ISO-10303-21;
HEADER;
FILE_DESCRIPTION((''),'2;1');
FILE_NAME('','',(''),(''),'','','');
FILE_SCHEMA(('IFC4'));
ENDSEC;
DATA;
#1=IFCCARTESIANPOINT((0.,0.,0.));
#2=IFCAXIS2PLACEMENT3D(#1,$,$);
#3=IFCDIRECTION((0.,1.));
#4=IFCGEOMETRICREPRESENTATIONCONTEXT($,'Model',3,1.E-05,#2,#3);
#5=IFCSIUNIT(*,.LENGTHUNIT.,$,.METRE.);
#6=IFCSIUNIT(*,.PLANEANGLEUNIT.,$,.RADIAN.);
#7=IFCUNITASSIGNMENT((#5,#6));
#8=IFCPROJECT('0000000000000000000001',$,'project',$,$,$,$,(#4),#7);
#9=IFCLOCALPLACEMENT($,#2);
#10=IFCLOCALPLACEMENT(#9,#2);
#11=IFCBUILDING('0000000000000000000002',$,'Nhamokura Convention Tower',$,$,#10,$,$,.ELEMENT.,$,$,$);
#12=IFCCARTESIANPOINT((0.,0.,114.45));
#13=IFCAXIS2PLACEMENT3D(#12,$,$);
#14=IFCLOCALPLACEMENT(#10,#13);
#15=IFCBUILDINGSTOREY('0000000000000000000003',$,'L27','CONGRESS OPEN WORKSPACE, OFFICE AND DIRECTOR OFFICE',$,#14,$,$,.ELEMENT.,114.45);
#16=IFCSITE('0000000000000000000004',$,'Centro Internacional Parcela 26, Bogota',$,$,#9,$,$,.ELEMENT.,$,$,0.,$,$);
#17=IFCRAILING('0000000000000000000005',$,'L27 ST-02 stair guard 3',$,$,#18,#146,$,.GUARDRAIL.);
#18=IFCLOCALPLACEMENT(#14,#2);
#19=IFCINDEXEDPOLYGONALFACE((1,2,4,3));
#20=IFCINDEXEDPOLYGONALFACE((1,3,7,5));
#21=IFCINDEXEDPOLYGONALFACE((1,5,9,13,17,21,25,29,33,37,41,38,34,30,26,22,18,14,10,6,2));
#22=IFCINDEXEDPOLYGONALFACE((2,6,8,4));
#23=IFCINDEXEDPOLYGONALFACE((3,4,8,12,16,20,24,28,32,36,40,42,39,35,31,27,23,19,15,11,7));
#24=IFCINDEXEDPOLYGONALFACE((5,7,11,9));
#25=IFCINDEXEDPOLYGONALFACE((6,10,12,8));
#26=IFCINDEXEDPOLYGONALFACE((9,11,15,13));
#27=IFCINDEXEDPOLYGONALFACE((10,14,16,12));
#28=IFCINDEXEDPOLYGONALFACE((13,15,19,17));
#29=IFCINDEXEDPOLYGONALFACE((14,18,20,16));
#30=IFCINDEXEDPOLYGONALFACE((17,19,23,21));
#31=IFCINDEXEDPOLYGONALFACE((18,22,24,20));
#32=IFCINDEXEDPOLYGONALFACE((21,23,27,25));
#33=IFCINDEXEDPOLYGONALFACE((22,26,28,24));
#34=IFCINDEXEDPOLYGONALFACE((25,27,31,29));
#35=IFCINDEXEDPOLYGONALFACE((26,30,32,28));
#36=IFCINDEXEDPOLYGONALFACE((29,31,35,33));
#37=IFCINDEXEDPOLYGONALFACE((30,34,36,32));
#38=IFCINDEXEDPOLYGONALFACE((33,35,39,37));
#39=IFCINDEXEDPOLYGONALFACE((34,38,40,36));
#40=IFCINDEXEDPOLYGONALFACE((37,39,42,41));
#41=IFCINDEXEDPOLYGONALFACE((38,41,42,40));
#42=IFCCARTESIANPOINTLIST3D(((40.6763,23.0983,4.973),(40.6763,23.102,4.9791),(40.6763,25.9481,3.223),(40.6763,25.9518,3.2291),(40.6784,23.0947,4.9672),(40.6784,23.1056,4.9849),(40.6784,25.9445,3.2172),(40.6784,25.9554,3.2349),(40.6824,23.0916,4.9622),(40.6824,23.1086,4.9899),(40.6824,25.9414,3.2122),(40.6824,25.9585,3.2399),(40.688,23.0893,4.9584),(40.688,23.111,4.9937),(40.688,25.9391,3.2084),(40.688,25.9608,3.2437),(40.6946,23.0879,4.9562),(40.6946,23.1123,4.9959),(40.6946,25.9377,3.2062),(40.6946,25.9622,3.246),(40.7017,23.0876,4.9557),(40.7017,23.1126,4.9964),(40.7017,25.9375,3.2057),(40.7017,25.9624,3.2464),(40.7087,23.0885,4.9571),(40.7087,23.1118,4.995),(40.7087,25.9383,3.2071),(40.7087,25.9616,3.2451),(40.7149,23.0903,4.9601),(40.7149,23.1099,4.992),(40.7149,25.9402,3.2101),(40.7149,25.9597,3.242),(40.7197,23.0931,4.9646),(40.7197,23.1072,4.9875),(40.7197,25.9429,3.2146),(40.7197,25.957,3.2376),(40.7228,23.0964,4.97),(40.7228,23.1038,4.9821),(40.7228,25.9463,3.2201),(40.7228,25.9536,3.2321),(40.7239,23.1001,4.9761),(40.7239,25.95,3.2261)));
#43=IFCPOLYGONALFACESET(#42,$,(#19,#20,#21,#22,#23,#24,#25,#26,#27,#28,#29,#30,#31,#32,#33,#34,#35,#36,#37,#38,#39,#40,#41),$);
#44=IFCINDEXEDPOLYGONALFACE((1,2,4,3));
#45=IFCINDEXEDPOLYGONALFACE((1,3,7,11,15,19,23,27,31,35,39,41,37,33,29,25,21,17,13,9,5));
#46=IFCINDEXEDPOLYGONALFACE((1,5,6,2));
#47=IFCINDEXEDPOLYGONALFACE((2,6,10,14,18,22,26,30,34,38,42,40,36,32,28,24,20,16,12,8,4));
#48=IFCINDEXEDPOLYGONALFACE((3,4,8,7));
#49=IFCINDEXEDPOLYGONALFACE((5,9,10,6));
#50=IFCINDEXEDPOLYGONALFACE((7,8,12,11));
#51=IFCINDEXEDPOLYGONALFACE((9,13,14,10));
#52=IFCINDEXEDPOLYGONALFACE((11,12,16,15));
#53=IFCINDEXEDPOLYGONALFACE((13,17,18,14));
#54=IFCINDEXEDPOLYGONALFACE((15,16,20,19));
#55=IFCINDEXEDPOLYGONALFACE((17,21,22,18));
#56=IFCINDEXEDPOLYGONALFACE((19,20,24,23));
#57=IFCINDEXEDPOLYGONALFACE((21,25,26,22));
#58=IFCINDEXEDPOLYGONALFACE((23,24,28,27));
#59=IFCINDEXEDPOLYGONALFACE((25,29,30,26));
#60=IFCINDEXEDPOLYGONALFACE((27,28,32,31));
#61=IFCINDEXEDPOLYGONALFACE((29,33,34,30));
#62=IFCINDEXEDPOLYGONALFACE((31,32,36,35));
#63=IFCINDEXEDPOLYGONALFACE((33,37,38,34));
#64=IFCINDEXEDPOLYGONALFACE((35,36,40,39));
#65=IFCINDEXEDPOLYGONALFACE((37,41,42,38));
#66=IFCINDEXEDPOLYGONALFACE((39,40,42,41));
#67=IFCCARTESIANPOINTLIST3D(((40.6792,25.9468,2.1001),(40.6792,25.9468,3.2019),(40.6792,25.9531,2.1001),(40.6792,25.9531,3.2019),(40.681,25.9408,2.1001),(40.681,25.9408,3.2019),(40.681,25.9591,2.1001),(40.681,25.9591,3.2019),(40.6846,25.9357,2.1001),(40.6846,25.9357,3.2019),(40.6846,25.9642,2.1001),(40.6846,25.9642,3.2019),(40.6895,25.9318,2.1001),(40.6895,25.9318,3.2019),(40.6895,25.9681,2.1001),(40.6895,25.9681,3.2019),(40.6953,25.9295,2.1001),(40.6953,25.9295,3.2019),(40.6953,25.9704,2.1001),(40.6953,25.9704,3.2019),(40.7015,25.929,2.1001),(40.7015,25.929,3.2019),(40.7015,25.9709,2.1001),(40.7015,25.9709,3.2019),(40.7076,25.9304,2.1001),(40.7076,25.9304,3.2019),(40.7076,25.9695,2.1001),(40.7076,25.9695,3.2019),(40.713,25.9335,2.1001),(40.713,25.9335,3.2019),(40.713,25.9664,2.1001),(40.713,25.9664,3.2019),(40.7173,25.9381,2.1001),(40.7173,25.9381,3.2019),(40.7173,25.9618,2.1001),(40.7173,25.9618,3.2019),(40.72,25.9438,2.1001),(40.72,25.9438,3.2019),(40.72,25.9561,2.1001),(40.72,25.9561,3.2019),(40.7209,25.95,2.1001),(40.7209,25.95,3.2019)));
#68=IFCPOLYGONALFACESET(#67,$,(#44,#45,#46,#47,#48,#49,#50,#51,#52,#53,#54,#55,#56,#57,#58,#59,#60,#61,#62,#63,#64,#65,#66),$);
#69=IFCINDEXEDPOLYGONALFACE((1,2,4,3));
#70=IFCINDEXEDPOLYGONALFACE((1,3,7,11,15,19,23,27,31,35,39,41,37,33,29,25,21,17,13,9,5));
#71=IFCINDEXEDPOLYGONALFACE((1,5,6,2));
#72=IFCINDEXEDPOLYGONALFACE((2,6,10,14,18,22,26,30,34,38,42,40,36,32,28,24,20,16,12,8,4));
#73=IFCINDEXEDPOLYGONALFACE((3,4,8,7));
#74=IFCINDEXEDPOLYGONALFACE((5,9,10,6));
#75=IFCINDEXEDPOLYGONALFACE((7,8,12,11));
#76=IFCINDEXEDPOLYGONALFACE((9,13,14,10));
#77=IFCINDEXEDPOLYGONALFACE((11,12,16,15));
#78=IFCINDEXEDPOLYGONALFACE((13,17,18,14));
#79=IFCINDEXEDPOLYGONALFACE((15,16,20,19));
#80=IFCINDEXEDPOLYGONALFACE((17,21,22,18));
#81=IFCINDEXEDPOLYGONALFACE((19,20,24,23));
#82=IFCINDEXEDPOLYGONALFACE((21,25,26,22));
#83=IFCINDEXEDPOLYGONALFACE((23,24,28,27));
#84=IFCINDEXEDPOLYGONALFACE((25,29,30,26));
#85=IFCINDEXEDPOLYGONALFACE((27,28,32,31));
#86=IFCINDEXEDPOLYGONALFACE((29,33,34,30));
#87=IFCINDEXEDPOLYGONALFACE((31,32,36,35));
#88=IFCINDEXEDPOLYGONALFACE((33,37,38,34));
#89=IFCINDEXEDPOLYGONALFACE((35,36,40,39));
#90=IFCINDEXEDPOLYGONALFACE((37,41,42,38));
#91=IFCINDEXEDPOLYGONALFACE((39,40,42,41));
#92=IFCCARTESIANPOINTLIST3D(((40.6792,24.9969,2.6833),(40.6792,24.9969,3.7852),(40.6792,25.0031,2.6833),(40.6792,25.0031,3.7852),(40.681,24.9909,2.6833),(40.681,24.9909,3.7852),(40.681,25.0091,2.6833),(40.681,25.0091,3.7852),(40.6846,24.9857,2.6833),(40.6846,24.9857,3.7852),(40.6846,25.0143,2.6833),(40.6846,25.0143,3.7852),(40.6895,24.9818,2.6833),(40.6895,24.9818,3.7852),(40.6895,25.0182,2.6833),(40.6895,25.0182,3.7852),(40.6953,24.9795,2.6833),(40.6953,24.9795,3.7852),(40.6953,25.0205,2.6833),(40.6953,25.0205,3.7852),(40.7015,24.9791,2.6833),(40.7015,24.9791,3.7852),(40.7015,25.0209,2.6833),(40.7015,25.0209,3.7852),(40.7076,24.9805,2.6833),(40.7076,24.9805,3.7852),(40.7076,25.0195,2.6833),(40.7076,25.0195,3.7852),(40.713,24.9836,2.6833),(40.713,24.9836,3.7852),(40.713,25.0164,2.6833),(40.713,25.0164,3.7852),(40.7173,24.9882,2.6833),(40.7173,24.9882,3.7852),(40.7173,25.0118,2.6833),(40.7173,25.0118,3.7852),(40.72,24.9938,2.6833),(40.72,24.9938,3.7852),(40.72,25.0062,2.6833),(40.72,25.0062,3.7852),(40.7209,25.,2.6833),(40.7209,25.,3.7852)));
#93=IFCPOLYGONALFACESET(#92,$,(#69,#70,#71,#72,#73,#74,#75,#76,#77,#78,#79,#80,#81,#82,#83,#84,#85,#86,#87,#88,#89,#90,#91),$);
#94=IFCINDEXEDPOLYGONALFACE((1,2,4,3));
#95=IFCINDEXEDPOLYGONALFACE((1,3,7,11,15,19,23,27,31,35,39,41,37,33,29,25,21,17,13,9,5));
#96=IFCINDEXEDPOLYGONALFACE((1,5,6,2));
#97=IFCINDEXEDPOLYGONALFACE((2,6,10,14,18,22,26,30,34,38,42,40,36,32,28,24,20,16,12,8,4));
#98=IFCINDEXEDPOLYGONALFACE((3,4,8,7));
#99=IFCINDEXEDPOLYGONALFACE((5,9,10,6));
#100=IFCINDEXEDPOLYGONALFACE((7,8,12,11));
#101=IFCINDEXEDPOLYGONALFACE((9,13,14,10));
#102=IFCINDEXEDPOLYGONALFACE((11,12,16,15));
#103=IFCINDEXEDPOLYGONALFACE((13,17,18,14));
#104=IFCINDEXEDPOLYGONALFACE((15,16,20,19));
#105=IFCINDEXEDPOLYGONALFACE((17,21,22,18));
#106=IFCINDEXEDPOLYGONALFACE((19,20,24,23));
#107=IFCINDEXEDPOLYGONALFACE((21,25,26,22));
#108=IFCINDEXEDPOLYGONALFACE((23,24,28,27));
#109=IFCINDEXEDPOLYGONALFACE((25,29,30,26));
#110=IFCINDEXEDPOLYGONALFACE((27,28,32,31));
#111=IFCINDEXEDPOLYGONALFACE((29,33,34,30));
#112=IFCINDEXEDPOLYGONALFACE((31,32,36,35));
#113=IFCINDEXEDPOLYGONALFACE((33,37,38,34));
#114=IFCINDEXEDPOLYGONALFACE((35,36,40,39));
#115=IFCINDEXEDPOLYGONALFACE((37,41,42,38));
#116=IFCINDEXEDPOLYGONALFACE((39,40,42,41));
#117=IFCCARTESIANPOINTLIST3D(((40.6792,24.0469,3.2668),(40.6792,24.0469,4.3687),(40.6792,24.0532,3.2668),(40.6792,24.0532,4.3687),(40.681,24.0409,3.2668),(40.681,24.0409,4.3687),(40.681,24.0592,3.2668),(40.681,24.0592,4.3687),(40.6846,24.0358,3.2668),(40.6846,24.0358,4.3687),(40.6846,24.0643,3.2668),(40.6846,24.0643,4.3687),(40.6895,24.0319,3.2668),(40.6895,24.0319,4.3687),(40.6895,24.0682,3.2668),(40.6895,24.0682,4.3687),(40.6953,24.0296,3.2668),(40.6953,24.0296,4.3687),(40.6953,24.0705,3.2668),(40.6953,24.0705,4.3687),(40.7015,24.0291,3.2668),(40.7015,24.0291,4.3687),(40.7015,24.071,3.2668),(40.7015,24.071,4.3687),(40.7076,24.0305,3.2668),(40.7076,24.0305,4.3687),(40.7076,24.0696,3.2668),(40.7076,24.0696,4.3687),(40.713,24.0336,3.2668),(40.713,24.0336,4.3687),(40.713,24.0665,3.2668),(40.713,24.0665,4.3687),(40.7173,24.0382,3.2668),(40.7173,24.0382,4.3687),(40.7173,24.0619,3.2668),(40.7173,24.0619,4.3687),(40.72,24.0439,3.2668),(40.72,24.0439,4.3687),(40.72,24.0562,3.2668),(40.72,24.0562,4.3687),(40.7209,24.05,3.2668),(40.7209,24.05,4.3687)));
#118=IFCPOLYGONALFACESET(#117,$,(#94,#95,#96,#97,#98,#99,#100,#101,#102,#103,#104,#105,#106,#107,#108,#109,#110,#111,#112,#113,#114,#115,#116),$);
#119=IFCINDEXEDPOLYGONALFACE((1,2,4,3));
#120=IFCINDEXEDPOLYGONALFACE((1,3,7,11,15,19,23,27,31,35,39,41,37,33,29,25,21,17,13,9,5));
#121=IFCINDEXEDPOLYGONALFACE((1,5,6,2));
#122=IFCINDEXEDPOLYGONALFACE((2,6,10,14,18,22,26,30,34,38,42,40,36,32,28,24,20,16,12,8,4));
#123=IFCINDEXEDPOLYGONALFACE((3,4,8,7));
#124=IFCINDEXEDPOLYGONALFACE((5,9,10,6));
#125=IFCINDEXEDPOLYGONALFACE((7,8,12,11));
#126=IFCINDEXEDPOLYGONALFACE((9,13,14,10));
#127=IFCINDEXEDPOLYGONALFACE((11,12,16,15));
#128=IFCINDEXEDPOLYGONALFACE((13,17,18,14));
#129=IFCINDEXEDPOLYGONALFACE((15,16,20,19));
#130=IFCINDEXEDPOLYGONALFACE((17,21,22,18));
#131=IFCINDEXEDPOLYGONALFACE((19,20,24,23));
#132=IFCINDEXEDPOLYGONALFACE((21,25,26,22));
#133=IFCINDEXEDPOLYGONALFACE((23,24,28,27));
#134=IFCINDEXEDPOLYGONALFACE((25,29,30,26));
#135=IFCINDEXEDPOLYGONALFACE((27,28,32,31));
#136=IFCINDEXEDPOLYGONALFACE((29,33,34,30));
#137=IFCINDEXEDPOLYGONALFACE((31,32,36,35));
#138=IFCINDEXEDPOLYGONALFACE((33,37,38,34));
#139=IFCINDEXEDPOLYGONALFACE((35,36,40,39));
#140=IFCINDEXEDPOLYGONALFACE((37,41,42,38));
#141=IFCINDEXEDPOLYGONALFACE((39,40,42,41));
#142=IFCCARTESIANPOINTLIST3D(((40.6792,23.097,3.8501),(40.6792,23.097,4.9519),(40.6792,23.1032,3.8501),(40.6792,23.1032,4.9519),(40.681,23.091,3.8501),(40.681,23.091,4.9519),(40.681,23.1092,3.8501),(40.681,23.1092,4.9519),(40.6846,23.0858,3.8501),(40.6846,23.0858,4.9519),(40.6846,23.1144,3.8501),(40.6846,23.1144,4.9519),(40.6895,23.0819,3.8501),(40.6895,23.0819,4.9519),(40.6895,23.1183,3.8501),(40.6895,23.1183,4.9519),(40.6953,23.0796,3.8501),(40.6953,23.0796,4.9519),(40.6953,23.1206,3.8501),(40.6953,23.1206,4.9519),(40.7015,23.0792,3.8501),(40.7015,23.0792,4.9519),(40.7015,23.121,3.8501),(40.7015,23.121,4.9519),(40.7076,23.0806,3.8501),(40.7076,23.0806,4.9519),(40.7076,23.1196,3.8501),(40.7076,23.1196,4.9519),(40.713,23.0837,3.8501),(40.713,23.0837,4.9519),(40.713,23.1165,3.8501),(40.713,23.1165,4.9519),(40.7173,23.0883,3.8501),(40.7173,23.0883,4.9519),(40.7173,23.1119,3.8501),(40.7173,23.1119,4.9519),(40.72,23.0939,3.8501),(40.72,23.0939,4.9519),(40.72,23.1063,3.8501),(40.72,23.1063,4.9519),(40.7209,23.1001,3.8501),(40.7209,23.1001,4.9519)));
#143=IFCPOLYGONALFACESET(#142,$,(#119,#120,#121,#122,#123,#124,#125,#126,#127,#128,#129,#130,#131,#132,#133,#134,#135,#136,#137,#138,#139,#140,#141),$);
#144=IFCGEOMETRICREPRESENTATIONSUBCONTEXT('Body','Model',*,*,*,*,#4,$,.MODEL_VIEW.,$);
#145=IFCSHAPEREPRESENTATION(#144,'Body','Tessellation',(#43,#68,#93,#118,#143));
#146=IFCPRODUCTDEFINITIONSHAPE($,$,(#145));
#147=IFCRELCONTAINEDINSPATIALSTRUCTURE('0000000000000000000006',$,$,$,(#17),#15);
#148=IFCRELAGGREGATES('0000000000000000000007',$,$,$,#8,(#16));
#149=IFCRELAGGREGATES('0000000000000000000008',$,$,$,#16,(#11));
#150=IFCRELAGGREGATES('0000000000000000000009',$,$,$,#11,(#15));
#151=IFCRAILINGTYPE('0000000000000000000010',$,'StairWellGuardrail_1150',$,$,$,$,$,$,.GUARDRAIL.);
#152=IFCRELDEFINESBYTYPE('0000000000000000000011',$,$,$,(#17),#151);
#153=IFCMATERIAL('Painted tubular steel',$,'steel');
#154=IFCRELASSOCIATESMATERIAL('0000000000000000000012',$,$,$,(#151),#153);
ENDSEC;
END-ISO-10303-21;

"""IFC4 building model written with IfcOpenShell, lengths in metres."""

from ifc_helpers import new_model, si_unit, direction, frame, origin, origin_2d, place, context, subcontext, project, spatial, circle, extrude, material, type_object, element, save


model = new_model("IFC4")

# Units and contexts
model_context = context("Model", 3, precision=1e-05, world=origin(), true_north=direction((0.0, 1.0)))
body_context = subcontext(model_context, "Body", "Model", "MODEL_VIEW")
ifc_project = project(units=[si_unit("LENGTHUNIT", "METRE"), si_unit("PLANEANGLEUNIT", "RADIAN")], contexts=[model_context])

# Site, building, storey
site_placement = place(None, origin())
site = spatial("IfcSite", under=ifc_project, at=site_placement, Name="Centro Internacional Parcela 26, Bogota", CompositionType="ELEMENT", RefElevation=0.0)
building_placement = place(site_placement, origin())
building = spatial("IfcBuilding", under=site, at=building_placement, Name="Nhamokura Convention Tower", CompositionType="ELEMENT")
storey_placement = place(building_placement, frame((0.0, 0.0, 114.45)))
storey = spatial("IfcBuildingStorey", under=building, at=storey_placement, Name="L27", Description="CONGRESS OPEN WORKSPACE, OFFICE AND DIRECTOR OFFICE", CompositionType="ELEMENT", Elevation=114.45)

# Railing
ifc_material_1 = material(Name="Painted tubular steel", Category="steel")
railing_type_1 = type_object("IfcRailingType", Name="StairWellGuardrail_1150", PredefinedType="GUARDRAIL", material=ifc_material_1)
railing_1_placement = place(storey_placement, frame((40.7, 25.95, 2.1001)))
element("IfcRailing", 1, at=railing_1_placement, inside=storey, type_object=railing_type_1, Name="L27 ST-02 stair guard 3", PredefinedType="GUARDRAIL", context=body_context, shape_type="SweptSolid", body=[
    extrude(circle(Radius=0.0239, at=origin_2d()), frame((0.0, 0.0, 1.126), z_axis=(0.0, -0.852159, 0.523283), x_axis=(1.0, 0.0, 0.0)), (0.0, 0.0, 1.0), 3.3442),
    extrude(circle(Radius=0.021, at=origin_2d()), origin(), (0.0, 0.0, 1.0), 1.1018),
    extrude(circle(Radius=0.021, at=origin_2d()), frame((0.0, -0.95, 0.5833)), (0.0, 0.0, 1.0), 1.1018),
    extrude(circle(Radius=0.021, at=origin_2d()), frame((0.0, -1.8999, 1.1667)), (0.0, 0.0, 1.0), 1.1018),
    extrude(circle(Radius=0.021, at=origin_2d()), frame((0.0, -2.8499, 1.75)), (0.0, 0.0, 1.0), 1.1018),
])

save(model, "model.ifc")
